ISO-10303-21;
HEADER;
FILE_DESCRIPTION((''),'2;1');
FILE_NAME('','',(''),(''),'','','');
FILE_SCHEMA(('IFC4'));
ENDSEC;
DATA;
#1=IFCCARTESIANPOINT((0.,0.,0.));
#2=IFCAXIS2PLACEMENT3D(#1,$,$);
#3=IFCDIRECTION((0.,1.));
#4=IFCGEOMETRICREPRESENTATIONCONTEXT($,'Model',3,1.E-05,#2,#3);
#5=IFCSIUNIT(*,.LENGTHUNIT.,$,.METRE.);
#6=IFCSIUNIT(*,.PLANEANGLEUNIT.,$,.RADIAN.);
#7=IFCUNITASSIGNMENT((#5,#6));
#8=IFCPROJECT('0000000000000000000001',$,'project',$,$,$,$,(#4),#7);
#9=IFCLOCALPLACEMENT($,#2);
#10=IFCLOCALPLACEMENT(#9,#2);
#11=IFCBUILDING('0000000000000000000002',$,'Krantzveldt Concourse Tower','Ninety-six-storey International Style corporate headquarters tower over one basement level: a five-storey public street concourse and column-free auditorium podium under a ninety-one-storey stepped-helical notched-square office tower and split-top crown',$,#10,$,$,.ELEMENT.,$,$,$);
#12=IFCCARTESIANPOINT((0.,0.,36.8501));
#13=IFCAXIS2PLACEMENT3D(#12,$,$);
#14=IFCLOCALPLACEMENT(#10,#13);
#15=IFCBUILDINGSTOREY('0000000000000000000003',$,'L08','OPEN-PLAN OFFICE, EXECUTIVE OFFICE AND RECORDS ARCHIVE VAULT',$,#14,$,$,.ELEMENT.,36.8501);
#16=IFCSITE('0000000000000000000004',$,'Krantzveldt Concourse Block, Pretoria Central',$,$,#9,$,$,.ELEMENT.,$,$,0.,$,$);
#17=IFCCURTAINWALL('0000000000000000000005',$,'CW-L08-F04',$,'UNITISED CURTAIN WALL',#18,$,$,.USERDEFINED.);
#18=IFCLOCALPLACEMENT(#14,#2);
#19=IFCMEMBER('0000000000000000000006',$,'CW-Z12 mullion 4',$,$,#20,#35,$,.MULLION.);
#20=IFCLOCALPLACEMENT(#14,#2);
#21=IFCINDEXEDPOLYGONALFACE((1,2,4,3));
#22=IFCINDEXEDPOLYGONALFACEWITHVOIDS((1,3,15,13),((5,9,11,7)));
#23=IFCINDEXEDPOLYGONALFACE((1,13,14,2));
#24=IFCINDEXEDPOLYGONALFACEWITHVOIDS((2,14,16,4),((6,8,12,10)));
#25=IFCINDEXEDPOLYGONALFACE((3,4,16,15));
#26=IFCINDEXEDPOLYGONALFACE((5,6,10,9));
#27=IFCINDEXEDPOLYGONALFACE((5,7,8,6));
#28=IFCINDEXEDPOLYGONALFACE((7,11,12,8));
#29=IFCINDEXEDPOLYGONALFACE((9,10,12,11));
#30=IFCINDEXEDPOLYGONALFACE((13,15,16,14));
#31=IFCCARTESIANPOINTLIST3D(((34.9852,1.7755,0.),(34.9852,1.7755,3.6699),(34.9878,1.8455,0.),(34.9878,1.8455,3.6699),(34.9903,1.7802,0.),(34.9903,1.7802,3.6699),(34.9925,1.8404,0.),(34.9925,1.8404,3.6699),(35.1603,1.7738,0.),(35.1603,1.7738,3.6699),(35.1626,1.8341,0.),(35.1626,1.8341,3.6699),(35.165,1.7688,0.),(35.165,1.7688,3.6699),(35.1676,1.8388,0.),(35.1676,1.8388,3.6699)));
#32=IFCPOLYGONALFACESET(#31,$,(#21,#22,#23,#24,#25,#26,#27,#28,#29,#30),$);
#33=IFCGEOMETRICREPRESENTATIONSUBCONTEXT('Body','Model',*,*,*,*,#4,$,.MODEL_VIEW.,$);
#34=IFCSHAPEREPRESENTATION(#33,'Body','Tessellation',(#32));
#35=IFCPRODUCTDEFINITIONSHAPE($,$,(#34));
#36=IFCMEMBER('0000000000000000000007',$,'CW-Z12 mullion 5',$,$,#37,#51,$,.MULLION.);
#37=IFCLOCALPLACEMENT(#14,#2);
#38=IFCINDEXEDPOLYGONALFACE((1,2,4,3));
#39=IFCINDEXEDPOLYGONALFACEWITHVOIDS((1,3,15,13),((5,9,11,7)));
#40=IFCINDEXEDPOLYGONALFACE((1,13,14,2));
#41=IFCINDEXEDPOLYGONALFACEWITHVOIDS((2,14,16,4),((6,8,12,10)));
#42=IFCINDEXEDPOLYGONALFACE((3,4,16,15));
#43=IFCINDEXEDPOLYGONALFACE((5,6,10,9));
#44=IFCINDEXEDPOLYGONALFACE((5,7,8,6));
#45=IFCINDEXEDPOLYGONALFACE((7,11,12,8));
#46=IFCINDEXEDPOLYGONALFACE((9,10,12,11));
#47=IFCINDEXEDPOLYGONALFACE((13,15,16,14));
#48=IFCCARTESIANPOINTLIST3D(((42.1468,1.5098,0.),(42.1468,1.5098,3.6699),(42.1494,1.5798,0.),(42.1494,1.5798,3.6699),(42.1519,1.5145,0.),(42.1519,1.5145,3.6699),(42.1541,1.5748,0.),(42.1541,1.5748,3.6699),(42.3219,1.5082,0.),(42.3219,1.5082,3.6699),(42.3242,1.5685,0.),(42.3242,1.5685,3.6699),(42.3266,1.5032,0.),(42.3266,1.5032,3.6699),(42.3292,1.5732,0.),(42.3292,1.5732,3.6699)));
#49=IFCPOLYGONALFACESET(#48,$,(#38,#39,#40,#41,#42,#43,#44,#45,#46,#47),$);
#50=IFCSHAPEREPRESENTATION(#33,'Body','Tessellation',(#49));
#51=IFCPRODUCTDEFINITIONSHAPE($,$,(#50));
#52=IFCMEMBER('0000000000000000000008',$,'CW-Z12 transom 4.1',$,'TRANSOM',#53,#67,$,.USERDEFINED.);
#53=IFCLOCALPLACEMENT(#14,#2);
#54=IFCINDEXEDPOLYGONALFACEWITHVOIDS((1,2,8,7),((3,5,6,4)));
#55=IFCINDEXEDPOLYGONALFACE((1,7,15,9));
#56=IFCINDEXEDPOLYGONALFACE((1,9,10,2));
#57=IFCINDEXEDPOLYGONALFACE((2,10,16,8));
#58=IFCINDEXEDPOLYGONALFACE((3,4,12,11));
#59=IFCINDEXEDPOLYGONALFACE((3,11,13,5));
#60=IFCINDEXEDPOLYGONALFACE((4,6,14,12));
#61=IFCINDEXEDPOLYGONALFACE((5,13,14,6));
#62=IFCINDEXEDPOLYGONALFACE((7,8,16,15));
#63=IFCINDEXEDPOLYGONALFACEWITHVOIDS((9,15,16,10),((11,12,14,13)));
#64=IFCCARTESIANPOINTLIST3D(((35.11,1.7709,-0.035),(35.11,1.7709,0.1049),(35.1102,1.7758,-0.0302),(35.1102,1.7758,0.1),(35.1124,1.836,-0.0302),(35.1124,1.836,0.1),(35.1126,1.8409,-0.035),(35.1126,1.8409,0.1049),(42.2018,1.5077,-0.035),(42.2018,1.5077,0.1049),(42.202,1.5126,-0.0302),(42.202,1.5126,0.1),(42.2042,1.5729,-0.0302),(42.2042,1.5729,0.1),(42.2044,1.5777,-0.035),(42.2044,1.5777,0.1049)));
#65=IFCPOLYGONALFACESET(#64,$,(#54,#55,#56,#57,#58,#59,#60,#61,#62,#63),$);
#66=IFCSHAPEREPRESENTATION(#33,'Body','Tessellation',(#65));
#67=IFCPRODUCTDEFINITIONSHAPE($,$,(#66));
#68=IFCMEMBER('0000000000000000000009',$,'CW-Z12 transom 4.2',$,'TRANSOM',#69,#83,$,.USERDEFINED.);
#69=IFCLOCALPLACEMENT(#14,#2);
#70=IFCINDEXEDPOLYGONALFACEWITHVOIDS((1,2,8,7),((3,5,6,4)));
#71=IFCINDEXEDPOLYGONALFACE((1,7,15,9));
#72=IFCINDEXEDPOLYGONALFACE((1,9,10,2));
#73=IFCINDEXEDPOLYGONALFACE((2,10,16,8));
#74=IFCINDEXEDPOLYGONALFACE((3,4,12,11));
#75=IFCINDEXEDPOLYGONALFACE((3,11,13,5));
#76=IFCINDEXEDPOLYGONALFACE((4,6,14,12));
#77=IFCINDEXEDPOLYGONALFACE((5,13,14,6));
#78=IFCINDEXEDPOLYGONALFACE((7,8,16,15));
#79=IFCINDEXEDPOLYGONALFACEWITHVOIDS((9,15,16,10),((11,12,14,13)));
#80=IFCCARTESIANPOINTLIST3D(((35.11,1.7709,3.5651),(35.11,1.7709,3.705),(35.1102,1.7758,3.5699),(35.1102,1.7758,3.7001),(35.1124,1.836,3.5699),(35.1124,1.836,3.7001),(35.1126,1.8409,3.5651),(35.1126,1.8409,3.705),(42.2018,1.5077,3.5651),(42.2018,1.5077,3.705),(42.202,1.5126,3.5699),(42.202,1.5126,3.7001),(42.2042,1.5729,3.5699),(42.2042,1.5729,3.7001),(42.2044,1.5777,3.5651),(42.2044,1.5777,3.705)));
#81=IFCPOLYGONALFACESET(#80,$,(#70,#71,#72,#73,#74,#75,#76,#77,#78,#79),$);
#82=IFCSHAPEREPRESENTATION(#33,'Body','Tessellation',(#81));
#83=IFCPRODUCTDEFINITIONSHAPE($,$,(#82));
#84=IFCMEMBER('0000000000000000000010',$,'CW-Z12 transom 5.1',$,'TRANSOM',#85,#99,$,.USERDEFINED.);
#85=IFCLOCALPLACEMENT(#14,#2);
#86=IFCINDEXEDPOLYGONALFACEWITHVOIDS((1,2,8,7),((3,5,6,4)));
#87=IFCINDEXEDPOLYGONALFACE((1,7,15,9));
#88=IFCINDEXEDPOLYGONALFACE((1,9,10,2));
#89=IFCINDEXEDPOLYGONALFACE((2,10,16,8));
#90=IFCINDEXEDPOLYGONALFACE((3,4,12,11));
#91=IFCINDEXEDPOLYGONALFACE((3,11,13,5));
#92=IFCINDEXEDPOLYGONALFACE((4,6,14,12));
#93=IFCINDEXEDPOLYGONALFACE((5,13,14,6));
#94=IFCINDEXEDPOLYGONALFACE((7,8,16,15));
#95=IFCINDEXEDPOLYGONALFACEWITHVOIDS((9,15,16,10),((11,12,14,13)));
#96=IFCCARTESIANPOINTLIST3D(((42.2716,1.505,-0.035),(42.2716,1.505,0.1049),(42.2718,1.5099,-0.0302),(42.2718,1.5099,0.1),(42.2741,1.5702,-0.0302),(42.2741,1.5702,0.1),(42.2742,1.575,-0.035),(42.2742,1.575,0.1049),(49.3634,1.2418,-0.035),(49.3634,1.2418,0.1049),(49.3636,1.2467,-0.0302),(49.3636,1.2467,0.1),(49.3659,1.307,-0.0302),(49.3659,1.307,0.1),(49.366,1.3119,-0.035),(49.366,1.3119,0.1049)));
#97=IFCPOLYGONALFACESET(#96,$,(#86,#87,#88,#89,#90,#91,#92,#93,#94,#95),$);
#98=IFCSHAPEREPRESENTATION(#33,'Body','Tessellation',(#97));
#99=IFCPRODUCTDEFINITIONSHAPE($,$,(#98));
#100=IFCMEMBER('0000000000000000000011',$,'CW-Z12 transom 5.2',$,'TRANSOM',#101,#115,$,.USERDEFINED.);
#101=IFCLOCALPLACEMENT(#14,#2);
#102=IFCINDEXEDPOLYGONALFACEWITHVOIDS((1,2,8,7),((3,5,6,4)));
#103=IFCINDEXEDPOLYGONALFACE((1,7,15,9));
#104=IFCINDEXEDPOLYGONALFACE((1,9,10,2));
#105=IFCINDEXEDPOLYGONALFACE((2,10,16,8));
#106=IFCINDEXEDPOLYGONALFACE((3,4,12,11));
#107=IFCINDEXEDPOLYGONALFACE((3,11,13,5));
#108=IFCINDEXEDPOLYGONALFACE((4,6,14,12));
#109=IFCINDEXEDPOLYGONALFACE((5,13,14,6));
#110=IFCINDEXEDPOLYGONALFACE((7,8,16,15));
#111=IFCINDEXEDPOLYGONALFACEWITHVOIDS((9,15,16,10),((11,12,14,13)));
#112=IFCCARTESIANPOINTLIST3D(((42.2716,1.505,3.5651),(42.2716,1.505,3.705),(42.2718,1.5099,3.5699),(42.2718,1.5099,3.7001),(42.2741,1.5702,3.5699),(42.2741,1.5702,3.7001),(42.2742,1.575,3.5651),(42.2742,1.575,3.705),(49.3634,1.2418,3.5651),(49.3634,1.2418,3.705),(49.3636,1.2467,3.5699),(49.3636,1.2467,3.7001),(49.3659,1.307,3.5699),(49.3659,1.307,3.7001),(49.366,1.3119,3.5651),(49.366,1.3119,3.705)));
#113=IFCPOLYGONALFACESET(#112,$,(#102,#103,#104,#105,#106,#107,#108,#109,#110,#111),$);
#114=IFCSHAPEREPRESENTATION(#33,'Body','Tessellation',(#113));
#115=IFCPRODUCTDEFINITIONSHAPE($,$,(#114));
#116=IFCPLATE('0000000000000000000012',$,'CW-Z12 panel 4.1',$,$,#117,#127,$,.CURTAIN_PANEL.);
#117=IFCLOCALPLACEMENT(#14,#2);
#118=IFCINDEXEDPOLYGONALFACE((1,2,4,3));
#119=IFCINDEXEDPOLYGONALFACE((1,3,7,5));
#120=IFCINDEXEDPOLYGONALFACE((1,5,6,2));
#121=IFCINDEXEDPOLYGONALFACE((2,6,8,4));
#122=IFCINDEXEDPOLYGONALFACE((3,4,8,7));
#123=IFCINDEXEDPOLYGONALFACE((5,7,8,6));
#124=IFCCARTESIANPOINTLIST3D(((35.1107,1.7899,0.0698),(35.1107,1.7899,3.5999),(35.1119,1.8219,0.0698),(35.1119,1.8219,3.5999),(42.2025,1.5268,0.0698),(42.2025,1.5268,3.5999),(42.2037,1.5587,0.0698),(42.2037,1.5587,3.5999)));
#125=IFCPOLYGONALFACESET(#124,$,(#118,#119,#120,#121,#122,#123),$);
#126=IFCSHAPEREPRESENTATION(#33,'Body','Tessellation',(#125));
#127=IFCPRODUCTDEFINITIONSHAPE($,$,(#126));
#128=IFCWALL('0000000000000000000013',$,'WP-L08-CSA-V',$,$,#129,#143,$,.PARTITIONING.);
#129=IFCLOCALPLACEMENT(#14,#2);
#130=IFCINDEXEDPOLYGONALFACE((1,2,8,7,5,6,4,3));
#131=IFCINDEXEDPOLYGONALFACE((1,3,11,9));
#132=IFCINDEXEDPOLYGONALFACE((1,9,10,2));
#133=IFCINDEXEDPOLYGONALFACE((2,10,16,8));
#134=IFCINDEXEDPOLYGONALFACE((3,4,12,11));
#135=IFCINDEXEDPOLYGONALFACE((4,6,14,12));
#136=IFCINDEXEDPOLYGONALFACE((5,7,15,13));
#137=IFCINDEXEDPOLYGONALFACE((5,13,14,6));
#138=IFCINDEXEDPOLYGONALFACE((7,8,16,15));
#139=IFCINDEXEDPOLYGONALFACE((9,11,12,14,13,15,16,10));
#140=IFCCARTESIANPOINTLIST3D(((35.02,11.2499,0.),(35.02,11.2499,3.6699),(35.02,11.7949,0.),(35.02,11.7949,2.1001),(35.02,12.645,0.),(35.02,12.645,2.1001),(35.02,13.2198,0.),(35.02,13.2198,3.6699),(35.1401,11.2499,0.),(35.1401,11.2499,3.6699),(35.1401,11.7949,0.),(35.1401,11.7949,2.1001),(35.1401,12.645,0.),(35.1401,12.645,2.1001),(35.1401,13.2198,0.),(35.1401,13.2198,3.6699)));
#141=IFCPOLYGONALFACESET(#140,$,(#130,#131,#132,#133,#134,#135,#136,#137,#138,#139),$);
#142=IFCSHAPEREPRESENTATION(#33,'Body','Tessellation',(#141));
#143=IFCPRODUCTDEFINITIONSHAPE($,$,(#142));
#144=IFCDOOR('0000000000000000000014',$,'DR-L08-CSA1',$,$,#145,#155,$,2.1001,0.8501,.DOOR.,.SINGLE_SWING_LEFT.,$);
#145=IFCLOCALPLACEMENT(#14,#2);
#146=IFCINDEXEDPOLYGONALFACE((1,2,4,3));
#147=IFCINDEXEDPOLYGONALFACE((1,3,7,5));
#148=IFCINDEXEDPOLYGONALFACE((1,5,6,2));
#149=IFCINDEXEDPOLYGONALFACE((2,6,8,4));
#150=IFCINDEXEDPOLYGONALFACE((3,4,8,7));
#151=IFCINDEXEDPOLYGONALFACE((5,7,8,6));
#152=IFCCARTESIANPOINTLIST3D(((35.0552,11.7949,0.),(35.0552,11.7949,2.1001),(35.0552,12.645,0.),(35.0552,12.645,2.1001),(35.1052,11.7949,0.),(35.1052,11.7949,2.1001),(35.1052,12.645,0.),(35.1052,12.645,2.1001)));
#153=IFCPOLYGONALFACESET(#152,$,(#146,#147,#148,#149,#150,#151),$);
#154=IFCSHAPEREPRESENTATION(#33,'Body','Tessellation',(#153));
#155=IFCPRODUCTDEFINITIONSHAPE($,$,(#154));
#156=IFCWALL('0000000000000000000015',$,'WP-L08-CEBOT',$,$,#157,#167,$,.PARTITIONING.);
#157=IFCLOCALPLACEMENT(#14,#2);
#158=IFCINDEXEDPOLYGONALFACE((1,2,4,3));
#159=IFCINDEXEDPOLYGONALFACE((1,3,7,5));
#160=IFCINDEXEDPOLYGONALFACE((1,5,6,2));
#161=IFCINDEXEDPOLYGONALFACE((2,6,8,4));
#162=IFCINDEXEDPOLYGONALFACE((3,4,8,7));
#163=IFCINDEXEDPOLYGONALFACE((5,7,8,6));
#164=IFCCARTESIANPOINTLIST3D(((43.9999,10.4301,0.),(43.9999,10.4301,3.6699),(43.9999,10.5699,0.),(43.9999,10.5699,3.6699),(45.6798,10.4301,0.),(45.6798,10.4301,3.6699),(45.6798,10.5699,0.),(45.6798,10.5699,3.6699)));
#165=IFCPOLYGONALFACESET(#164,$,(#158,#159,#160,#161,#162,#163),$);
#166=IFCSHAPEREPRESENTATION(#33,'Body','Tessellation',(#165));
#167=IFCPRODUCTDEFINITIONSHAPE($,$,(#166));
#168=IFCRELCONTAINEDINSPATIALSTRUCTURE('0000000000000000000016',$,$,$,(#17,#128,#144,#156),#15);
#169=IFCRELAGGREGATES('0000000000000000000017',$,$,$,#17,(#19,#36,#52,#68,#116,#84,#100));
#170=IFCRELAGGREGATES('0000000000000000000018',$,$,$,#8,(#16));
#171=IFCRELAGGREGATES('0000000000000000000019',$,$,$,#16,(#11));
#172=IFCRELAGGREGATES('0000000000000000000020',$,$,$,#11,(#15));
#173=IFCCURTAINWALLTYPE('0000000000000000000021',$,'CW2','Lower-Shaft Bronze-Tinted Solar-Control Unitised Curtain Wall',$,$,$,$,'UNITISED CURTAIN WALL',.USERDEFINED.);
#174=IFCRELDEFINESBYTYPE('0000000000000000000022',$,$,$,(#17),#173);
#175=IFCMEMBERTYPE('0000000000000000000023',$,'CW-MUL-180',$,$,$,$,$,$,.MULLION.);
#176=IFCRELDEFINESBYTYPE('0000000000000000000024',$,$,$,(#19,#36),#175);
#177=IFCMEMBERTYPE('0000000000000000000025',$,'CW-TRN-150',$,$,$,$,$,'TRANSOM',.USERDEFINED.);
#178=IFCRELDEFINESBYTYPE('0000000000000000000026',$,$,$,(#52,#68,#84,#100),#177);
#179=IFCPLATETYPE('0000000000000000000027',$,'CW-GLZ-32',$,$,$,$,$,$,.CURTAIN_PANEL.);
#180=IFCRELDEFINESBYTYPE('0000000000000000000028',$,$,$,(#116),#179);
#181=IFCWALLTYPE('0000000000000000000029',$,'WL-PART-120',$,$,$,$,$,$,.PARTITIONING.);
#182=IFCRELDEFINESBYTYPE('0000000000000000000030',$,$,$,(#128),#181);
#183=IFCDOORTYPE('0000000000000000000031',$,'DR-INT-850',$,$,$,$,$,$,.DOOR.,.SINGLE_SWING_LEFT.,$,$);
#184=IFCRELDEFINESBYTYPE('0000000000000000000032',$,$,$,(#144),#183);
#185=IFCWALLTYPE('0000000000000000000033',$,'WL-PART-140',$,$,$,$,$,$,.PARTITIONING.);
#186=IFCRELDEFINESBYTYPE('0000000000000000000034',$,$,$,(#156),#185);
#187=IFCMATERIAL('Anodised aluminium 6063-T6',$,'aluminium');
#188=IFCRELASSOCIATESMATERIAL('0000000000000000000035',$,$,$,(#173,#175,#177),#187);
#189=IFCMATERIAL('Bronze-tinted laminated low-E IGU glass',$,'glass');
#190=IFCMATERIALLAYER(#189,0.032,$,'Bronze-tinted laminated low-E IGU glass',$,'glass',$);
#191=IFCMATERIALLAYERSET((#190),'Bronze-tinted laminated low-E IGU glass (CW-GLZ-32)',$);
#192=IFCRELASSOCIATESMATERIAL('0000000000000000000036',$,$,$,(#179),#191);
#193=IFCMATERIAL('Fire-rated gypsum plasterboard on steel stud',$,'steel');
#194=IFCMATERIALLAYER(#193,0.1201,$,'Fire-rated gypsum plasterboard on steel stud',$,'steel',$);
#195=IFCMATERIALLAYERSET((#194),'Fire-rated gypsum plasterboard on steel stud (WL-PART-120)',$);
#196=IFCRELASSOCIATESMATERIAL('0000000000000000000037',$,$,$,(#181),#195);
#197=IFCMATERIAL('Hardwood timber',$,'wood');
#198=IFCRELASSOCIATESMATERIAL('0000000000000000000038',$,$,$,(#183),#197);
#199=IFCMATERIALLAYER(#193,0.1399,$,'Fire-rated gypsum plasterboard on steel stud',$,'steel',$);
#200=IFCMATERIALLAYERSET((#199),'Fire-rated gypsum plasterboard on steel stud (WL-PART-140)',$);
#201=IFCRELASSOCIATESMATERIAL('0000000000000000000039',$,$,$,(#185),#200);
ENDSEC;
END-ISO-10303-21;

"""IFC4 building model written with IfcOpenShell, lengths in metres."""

from ifc_helpers import new_model, si_unit, direction, frame, frame_2d, origin, origin_2d, place, context, subcontext, project, spatial, rectangle, hollow_rectangle, extrude, source, transform, mapped, material, layer, layer_set, material_profile, profile_set, type_object, type_shapes, element, fill, aggregate, save


model = new_model("IFC4")

# Units and contexts
model_context = context("Model", 3, precision=1e-05, world=origin(), true_north=direction((0.0, 1.0)))
body_context = subcontext(model_context, "Body", "Model", "MODEL_VIEW")
ifc_project = project(units=[si_unit("LENGTHUNIT", "METRE"), si_unit("PLANEANGLEUNIT", "RADIAN")], contexts=[model_context])

# Site, building, storey
site_placement = place(None, origin())
site = spatial("IfcSite", under=ifc_project, at=site_placement, Name="Krantzveldt Concourse Block, Pretoria Central", CompositionType="ELEMENT", RefElevation=0.0)
building_placement = place(site_placement, origin())
building = spatial("IfcBuilding", under=site, at=building_placement, Name="Krantzveldt Concourse Tower", Description="Ninety-six-storey International Style corporate headquarters tower over one basement level: a five-storey public street concourse and column-free auditorium podium under a ninety-one-storey stepped-helical notched-square office tower and split-top crown", CompositionType="ELEMENT")
storey_placement = place(building_placement, frame((0.0, 0.0, 36.8501)))
storey = spatial("IfcBuildingStorey", under=building, at=storey_placement, Name="L08", Description="OPEN-PLAN OFFICE, EXECUTIVE OFFICE AND RECORDS ARCHIVE VAULT", CompositionType="ELEMENT", Elevation=36.8501)

# Curtain wall, members, plate
ifc_material_1 = material(Name="Anodised aluminium 6063-T6", Category="aluminium")
curtain_wall_type = type_object("IfcCurtainWallType", Name="CW2", Description="Lower-Shaft Bronze-Tinted Solar-Control Unitised Curtain Wall", ElementType="UNITISED CURTAIN WALL", PredefinedType="USERDEFINED", material=ifc_material_1)
curtain_wall_placement = place(storey_placement, origin())
curtain_wall = element("IfcCurtainWall", 1, at=curtain_wall_placement, inside=storey, type_object=curtain_wall_type, Name="CW-L08-F04", ObjectType="UNITISED CURTAIN WALL", PredefinedType="USERDEFINED")
ifc_material_profile_1 = material_profile(ifc_material_1, hollow_rectangle(XDim=0.0701, YDim=0.1799, WallThickness=0.0049, at=origin_2d()), Name="Anodised aluminium 6063-T6", Category="aluminium")
ifc_profile_set_1 = profile_set([ifc_material_profile_1], Name="Anodised aluminium 6063-T6 - ALU-MULL 180x70x5")
member_type_1 = type_object("IfcMemberType", Name="CW-MUL-180", PredefinedType="MULLION", material=ifc_profile_set_1)
shared_shape_1 = source(origin(), body_context, "Body", "SweptSolid", [
    extrude(hollow_rectangle(XDim=0.0701, YDim=0.1799, WallThickness=0.0049, at=origin_2d()), origin(), (0.0, 0.0, 1.0), 3.6699),
])
type_shapes(member_type_1, [shared_shape_1])
member_1_placement = place(storey_placement, frame((35.0764, 1.8071, 0.0), z_axis=(0.0, 0.0, 1.0), x_axis=(0.03708, 0.999312, 0.0)))
member_1 = element("IfcMember", 2, at=member_1_placement, type_object=member_type_1, Name="CW-Z12 mullion 4", PredefinedType="MULLION", context=body_context, shape_type="MappedRepresentation", body=[
    mapped(shared_shape_1, transform((0.0, 0.0, 0.0), x_axis=(1.0, 0.0, 0.0), y_axis=(0.0, 1.0, 0.0), z_axis=(0.0, 0.0, 1.0), scale=1.0)),
])
member_2_placement = place(storey_placement, frame((42.238, 1.5415, 0.0), z_axis=(0.0, 0.0, 1.0), x_axis=(0.03708, 0.999312, 0.0)))
member_2 = element("IfcMember", 3, at=member_2_placement, type_object=member_type_1, Name="CW-Z12 mullion 5", PredefinedType="MULLION", context=body_context, shape_type="MappedRepresentation", body=[
    mapped(shared_shape_1, transform((0.0, 0.0, 0.0), x_axis=(1.0, 0.0, 0.0), y_axis=(0.0, 1.0, 0.0), z_axis=(0.0, 0.0, 1.0), scale=1.0)),
])
ifc_material_profile_2 = material_profile(ifc_material_1, hollow_rectangle(XDim=0.0701, YDim=0.1399, WallThickness=0.0049, at=origin_2d()), Name="Anodised aluminium 6063-T6", Category="aluminium")
ifc_profile_set_2 = profile_set([ifc_material_profile_2], Name="Anodised aluminium 6063-T6 - ALU-TRAN 140x70x5")
member_type_2 = type_object("IfcMemberType", Name="CW-TRN-150", ElementType="TRANSOM", PredefinedType="USERDEFINED", material=ifc_profile_set_2)
shared_shape_2 = source(origin(), body_context, "Body", "SweptSolid", [
    extrude(hollow_rectangle(XDim=0.0701, YDim=0.1399, WallThickness=0.0049, at=origin_2d()), origin(), (0.0, 0.0, 1.0), 7.0967),
])
type_shapes(member_type_2, [shared_shape_2])
member_3_placement = place(storey_placement, frame((35.1113, 1.8059, 0.0349), z_axis=(0.999312, -0.037085, 0.0), x_axis=(0.037085, 0.999312, 0.0)))
member_3 = element("IfcMember", 4, at=member_3_placement, type_object=member_type_2, Name="CW-Z12 transom 4.1", ObjectType="TRANSOM", PredefinedType="USERDEFINED", context=body_context, shape_type="MappedRepresentation", body=[
    mapped(shared_shape_2, transform((0.0, 0.0, 0.0), x_axis=(1.0, 0.0, 0.0), y_axis=(0.0, 1.0, 0.0), z_axis=(0.0, 0.0, 1.0), scale=1.0)),
])
member_4_placement = place(storey_placement, frame((35.1113, 1.8059, 3.635), z_axis=(0.999312, -0.037085, 0.0), x_axis=(0.037085, 0.999312, 0.0)))
member_4 = element("IfcMember", 5, at=member_4_placement, type_object=member_type_2, Name="CW-Z12 transom 4.2", ObjectType="TRANSOM", PredefinedType="USERDEFINED", context=body_context, shape_type="MappedRepresentation", body=[
    mapped(shared_shape_2, transform((0.0, 0.0, 0.0), x_axis=(1.0, 0.0, 0.0), y_axis=(0.0, 1.0, 0.0), z_axis=(0.0, 0.0, 1.0), scale=1.0)),
])
member_5_placement = place(storey_placement, frame((42.2729, 1.54, 0.0349), z_axis=(0.999312, -0.037085, 0.0), x_axis=(0.037085, 0.999312, 0.0)))
member_5 = element("IfcMember", 6, at=member_5_placement, type_object=member_type_2, Name="CW-Z12 transom 5.1", ObjectType="TRANSOM", PredefinedType="USERDEFINED", context=body_context, shape_type="MappedRepresentation", body=[
    mapped(shared_shape_2, transform((0.0, 0.0, 0.0), x_axis=(1.0, 0.0, 0.0), y_axis=(0.0, 1.0, 0.0), z_axis=(0.0, 0.0, 1.0), scale=1.0)),
])
member_6_placement = place(storey_placement, frame((42.2729, 1.54, 3.635), z_axis=(0.999312, -0.037085, 0.0), x_axis=(0.037085, 0.999312, 0.0)))
member_6 = element("IfcMember", 7, at=member_6_placement, type_object=member_type_2, Name="CW-Z12 transom 5.2", ObjectType="TRANSOM", PredefinedType="USERDEFINED", context=body_context, shape_type="MappedRepresentation", body=[
    mapped(shared_shape_2, transform((0.0, 0.0, 0.0), x_axis=(1.0, 0.0, 0.0), y_axis=(0.0, 1.0, 0.0), z_axis=(0.0, 0.0, 1.0), scale=1.0)),
])
ifc_material_2 = material(Name="Bronze-tinted laminated low-E IGU glass", Category="glass")
ifc_layer_1 = layer(ifc_material_2, 0.032, Name="Bronze-tinted laminated low-E IGU glass", Category="glass")
ifc_layer_set_1 = layer_set([ifc_layer_1], Name="Bronze-tinted laminated low-E IGU glass (CW-GLZ-32)")
plate_type = type_object("IfcPlateType", Name="CW-GLZ-32", PredefinedType="CURTAIN_PANEL", material=ifc_layer_set_1)
shared_shape_3 = source(origin(), body_context, "Body", "SweptSolid", [
    extrude(rectangle(XDim=7.0967, YDim=0.032, at=origin_2d()), origin(), (0.0, 0.0, 1.0), 3.53),
])
type_shapes(plate_type, [shared_shape_3])
plate_placement = place(storey_placement, frame((38.6572, 1.6743, 0.0698), z_axis=(0.0, 0.0, 1.0), x_axis=(0.999312, -0.03708, 0.0)))
plate = element("IfcPlate", 8, at=plate_placement, type_object=plate_type, Name="CW-Z12 panel 4.1", PredefinedType="CURTAIN_PANEL", context=body_context, shape_type="MappedRepresentation", body=[
    mapped(shared_shape_3, transform((0.0, 0.0, 0.0), x_axis=(1.0, 0.0, 0.0), y_axis=(0.0, 1.0, 0.0), z_axis=(0.0, 0.0, 1.0), scale=1.0)),
])
aggregate(curtain_wall, [member_1, member_2, member_3, member_4, plate, member_5, member_6])

# Wall, opening, door
ifc_material_3 = material(Name="Fire-rated gypsum plasterboard on steel stud", Category="steel")
ifc_layer_2 = layer(ifc_material_3, 0.1201, Name="Fire-rated gypsum plasterboard on steel stud", Category="steel")
ifc_layer_set_2 = layer_set([ifc_layer_2], Name="Fire-rated gypsum plasterboard on steel stud (WL-PART-120)")
wall_type_1 = type_object("IfcWallType", Name="WL-PART-120", PredefinedType="PARTITIONING", material=ifc_layer_set_2)
wall_1_placement = place(storey_placement, frame((35.0801, 11.25, 0.0), z_axis=(0.0, 0.0, 1.0), x_axis=(0.0, 1.0, 0.0)))
wall_1 = element("IfcWall", 9, at=wall_1_placement, inside=storey, type_object=wall_type_1, Name="WP-L08-CSA-V", PredefinedType="PARTITIONING", context=body_context, shape_type="SweptSolid", body=[
    extrude(rectangle(XDim=1.97, YDim=0.1201, at=frame_2d((0.9849, 0.0))), origin(), (0.0, 0.0, 1.0), 3.6699),
])
opening_1_placement = place(wall_1_placement, frame((0.5449, 0.0, 0.0)))
opening_1 = element("IfcOpeningElement", 10, at=opening_1_placement, cuts=wall_1, PredefinedType="OPENING", context=body_context, shape_type="SweptSolid", body=[
    extrude(rectangle(XDim=0.8501, YDim=2.1001, at=frame_2d((0.425, 1.05))), frame((0.0, 0.0701, 0.0), z_axis=(0.0, -1.0, 0.0), x_axis=(1.0, 0.0, 0.0)), (0.0, 0.0, 1.0), 0.1401),
])
ifc_material_4 = material(Name="Hardwood timber", Category="wood")
door_type_1 = type_object("IfcDoorType", Name="DR-INT-850", OperationType="SINGLE_SWING_LEFT", PredefinedType="DOOR", material=ifc_material_4)
door_1_placement = place(opening_1_placement, origin())
door_1 = element("IfcDoor", 11, at=door_1_placement, inside=storey, type_object=door_type_1, Name="DR-L08-CSA1", OperationType="SINGLE_SWING_LEFT", OverallHeight=2.1001, OverallWidth=0.8501, PredefinedType="DOOR", context=body_context, shape_type="SweptSolid", body=[
    extrude(rectangle(XDim=0.8501, YDim=2.1001, at=frame_2d((0.425, 1.05))), frame((0.0, 0.0249, 0.0), z_axis=(0.0, -1.0, 0.0), x_axis=(1.0, 0.0, 0.0)), (0.0, 0.0, 1.0), 0.05),
])
fill(opening_1, door_1)

# Wall
ifc_layer_3 = layer(ifc_material_3, 0.1399, Name="Fire-rated gypsum plasterboard on steel stud", Category="steel")
ifc_layer_set_3 = layer_set([ifc_layer_3], Name="Fire-rated gypsum plasterboard on steel stud (WL-PART-140)")
wall_type_2 = type_object("IfcWallType", Name="WL-PART-140", PredefinedType="PARTITIONING", material=ifc_layer_set_3)
wall_2_placement = place(storey_placement, frame((44.0, 10.5, 0.0), z_axis=(0.0, 0.0, 1.0), x_axis=(1.0, 0.0, 0.0)))
element("IfcWall", 12, at=wall_2_placement, inside=storey, type_object=wall_type_2, Name="WP-L08-CEBOT", PredefinedType="PARTITIONING", context=body_context, shape_type="SweptSolid", body=[
    extrude(rectangle(XDim=1.6799, YDim=0.1399, at=frame_2d((0.8398, 0.0))), origin(), (0.0, 0.0, 1.0), 3.6699),
])

save(model, "model.ifc")
